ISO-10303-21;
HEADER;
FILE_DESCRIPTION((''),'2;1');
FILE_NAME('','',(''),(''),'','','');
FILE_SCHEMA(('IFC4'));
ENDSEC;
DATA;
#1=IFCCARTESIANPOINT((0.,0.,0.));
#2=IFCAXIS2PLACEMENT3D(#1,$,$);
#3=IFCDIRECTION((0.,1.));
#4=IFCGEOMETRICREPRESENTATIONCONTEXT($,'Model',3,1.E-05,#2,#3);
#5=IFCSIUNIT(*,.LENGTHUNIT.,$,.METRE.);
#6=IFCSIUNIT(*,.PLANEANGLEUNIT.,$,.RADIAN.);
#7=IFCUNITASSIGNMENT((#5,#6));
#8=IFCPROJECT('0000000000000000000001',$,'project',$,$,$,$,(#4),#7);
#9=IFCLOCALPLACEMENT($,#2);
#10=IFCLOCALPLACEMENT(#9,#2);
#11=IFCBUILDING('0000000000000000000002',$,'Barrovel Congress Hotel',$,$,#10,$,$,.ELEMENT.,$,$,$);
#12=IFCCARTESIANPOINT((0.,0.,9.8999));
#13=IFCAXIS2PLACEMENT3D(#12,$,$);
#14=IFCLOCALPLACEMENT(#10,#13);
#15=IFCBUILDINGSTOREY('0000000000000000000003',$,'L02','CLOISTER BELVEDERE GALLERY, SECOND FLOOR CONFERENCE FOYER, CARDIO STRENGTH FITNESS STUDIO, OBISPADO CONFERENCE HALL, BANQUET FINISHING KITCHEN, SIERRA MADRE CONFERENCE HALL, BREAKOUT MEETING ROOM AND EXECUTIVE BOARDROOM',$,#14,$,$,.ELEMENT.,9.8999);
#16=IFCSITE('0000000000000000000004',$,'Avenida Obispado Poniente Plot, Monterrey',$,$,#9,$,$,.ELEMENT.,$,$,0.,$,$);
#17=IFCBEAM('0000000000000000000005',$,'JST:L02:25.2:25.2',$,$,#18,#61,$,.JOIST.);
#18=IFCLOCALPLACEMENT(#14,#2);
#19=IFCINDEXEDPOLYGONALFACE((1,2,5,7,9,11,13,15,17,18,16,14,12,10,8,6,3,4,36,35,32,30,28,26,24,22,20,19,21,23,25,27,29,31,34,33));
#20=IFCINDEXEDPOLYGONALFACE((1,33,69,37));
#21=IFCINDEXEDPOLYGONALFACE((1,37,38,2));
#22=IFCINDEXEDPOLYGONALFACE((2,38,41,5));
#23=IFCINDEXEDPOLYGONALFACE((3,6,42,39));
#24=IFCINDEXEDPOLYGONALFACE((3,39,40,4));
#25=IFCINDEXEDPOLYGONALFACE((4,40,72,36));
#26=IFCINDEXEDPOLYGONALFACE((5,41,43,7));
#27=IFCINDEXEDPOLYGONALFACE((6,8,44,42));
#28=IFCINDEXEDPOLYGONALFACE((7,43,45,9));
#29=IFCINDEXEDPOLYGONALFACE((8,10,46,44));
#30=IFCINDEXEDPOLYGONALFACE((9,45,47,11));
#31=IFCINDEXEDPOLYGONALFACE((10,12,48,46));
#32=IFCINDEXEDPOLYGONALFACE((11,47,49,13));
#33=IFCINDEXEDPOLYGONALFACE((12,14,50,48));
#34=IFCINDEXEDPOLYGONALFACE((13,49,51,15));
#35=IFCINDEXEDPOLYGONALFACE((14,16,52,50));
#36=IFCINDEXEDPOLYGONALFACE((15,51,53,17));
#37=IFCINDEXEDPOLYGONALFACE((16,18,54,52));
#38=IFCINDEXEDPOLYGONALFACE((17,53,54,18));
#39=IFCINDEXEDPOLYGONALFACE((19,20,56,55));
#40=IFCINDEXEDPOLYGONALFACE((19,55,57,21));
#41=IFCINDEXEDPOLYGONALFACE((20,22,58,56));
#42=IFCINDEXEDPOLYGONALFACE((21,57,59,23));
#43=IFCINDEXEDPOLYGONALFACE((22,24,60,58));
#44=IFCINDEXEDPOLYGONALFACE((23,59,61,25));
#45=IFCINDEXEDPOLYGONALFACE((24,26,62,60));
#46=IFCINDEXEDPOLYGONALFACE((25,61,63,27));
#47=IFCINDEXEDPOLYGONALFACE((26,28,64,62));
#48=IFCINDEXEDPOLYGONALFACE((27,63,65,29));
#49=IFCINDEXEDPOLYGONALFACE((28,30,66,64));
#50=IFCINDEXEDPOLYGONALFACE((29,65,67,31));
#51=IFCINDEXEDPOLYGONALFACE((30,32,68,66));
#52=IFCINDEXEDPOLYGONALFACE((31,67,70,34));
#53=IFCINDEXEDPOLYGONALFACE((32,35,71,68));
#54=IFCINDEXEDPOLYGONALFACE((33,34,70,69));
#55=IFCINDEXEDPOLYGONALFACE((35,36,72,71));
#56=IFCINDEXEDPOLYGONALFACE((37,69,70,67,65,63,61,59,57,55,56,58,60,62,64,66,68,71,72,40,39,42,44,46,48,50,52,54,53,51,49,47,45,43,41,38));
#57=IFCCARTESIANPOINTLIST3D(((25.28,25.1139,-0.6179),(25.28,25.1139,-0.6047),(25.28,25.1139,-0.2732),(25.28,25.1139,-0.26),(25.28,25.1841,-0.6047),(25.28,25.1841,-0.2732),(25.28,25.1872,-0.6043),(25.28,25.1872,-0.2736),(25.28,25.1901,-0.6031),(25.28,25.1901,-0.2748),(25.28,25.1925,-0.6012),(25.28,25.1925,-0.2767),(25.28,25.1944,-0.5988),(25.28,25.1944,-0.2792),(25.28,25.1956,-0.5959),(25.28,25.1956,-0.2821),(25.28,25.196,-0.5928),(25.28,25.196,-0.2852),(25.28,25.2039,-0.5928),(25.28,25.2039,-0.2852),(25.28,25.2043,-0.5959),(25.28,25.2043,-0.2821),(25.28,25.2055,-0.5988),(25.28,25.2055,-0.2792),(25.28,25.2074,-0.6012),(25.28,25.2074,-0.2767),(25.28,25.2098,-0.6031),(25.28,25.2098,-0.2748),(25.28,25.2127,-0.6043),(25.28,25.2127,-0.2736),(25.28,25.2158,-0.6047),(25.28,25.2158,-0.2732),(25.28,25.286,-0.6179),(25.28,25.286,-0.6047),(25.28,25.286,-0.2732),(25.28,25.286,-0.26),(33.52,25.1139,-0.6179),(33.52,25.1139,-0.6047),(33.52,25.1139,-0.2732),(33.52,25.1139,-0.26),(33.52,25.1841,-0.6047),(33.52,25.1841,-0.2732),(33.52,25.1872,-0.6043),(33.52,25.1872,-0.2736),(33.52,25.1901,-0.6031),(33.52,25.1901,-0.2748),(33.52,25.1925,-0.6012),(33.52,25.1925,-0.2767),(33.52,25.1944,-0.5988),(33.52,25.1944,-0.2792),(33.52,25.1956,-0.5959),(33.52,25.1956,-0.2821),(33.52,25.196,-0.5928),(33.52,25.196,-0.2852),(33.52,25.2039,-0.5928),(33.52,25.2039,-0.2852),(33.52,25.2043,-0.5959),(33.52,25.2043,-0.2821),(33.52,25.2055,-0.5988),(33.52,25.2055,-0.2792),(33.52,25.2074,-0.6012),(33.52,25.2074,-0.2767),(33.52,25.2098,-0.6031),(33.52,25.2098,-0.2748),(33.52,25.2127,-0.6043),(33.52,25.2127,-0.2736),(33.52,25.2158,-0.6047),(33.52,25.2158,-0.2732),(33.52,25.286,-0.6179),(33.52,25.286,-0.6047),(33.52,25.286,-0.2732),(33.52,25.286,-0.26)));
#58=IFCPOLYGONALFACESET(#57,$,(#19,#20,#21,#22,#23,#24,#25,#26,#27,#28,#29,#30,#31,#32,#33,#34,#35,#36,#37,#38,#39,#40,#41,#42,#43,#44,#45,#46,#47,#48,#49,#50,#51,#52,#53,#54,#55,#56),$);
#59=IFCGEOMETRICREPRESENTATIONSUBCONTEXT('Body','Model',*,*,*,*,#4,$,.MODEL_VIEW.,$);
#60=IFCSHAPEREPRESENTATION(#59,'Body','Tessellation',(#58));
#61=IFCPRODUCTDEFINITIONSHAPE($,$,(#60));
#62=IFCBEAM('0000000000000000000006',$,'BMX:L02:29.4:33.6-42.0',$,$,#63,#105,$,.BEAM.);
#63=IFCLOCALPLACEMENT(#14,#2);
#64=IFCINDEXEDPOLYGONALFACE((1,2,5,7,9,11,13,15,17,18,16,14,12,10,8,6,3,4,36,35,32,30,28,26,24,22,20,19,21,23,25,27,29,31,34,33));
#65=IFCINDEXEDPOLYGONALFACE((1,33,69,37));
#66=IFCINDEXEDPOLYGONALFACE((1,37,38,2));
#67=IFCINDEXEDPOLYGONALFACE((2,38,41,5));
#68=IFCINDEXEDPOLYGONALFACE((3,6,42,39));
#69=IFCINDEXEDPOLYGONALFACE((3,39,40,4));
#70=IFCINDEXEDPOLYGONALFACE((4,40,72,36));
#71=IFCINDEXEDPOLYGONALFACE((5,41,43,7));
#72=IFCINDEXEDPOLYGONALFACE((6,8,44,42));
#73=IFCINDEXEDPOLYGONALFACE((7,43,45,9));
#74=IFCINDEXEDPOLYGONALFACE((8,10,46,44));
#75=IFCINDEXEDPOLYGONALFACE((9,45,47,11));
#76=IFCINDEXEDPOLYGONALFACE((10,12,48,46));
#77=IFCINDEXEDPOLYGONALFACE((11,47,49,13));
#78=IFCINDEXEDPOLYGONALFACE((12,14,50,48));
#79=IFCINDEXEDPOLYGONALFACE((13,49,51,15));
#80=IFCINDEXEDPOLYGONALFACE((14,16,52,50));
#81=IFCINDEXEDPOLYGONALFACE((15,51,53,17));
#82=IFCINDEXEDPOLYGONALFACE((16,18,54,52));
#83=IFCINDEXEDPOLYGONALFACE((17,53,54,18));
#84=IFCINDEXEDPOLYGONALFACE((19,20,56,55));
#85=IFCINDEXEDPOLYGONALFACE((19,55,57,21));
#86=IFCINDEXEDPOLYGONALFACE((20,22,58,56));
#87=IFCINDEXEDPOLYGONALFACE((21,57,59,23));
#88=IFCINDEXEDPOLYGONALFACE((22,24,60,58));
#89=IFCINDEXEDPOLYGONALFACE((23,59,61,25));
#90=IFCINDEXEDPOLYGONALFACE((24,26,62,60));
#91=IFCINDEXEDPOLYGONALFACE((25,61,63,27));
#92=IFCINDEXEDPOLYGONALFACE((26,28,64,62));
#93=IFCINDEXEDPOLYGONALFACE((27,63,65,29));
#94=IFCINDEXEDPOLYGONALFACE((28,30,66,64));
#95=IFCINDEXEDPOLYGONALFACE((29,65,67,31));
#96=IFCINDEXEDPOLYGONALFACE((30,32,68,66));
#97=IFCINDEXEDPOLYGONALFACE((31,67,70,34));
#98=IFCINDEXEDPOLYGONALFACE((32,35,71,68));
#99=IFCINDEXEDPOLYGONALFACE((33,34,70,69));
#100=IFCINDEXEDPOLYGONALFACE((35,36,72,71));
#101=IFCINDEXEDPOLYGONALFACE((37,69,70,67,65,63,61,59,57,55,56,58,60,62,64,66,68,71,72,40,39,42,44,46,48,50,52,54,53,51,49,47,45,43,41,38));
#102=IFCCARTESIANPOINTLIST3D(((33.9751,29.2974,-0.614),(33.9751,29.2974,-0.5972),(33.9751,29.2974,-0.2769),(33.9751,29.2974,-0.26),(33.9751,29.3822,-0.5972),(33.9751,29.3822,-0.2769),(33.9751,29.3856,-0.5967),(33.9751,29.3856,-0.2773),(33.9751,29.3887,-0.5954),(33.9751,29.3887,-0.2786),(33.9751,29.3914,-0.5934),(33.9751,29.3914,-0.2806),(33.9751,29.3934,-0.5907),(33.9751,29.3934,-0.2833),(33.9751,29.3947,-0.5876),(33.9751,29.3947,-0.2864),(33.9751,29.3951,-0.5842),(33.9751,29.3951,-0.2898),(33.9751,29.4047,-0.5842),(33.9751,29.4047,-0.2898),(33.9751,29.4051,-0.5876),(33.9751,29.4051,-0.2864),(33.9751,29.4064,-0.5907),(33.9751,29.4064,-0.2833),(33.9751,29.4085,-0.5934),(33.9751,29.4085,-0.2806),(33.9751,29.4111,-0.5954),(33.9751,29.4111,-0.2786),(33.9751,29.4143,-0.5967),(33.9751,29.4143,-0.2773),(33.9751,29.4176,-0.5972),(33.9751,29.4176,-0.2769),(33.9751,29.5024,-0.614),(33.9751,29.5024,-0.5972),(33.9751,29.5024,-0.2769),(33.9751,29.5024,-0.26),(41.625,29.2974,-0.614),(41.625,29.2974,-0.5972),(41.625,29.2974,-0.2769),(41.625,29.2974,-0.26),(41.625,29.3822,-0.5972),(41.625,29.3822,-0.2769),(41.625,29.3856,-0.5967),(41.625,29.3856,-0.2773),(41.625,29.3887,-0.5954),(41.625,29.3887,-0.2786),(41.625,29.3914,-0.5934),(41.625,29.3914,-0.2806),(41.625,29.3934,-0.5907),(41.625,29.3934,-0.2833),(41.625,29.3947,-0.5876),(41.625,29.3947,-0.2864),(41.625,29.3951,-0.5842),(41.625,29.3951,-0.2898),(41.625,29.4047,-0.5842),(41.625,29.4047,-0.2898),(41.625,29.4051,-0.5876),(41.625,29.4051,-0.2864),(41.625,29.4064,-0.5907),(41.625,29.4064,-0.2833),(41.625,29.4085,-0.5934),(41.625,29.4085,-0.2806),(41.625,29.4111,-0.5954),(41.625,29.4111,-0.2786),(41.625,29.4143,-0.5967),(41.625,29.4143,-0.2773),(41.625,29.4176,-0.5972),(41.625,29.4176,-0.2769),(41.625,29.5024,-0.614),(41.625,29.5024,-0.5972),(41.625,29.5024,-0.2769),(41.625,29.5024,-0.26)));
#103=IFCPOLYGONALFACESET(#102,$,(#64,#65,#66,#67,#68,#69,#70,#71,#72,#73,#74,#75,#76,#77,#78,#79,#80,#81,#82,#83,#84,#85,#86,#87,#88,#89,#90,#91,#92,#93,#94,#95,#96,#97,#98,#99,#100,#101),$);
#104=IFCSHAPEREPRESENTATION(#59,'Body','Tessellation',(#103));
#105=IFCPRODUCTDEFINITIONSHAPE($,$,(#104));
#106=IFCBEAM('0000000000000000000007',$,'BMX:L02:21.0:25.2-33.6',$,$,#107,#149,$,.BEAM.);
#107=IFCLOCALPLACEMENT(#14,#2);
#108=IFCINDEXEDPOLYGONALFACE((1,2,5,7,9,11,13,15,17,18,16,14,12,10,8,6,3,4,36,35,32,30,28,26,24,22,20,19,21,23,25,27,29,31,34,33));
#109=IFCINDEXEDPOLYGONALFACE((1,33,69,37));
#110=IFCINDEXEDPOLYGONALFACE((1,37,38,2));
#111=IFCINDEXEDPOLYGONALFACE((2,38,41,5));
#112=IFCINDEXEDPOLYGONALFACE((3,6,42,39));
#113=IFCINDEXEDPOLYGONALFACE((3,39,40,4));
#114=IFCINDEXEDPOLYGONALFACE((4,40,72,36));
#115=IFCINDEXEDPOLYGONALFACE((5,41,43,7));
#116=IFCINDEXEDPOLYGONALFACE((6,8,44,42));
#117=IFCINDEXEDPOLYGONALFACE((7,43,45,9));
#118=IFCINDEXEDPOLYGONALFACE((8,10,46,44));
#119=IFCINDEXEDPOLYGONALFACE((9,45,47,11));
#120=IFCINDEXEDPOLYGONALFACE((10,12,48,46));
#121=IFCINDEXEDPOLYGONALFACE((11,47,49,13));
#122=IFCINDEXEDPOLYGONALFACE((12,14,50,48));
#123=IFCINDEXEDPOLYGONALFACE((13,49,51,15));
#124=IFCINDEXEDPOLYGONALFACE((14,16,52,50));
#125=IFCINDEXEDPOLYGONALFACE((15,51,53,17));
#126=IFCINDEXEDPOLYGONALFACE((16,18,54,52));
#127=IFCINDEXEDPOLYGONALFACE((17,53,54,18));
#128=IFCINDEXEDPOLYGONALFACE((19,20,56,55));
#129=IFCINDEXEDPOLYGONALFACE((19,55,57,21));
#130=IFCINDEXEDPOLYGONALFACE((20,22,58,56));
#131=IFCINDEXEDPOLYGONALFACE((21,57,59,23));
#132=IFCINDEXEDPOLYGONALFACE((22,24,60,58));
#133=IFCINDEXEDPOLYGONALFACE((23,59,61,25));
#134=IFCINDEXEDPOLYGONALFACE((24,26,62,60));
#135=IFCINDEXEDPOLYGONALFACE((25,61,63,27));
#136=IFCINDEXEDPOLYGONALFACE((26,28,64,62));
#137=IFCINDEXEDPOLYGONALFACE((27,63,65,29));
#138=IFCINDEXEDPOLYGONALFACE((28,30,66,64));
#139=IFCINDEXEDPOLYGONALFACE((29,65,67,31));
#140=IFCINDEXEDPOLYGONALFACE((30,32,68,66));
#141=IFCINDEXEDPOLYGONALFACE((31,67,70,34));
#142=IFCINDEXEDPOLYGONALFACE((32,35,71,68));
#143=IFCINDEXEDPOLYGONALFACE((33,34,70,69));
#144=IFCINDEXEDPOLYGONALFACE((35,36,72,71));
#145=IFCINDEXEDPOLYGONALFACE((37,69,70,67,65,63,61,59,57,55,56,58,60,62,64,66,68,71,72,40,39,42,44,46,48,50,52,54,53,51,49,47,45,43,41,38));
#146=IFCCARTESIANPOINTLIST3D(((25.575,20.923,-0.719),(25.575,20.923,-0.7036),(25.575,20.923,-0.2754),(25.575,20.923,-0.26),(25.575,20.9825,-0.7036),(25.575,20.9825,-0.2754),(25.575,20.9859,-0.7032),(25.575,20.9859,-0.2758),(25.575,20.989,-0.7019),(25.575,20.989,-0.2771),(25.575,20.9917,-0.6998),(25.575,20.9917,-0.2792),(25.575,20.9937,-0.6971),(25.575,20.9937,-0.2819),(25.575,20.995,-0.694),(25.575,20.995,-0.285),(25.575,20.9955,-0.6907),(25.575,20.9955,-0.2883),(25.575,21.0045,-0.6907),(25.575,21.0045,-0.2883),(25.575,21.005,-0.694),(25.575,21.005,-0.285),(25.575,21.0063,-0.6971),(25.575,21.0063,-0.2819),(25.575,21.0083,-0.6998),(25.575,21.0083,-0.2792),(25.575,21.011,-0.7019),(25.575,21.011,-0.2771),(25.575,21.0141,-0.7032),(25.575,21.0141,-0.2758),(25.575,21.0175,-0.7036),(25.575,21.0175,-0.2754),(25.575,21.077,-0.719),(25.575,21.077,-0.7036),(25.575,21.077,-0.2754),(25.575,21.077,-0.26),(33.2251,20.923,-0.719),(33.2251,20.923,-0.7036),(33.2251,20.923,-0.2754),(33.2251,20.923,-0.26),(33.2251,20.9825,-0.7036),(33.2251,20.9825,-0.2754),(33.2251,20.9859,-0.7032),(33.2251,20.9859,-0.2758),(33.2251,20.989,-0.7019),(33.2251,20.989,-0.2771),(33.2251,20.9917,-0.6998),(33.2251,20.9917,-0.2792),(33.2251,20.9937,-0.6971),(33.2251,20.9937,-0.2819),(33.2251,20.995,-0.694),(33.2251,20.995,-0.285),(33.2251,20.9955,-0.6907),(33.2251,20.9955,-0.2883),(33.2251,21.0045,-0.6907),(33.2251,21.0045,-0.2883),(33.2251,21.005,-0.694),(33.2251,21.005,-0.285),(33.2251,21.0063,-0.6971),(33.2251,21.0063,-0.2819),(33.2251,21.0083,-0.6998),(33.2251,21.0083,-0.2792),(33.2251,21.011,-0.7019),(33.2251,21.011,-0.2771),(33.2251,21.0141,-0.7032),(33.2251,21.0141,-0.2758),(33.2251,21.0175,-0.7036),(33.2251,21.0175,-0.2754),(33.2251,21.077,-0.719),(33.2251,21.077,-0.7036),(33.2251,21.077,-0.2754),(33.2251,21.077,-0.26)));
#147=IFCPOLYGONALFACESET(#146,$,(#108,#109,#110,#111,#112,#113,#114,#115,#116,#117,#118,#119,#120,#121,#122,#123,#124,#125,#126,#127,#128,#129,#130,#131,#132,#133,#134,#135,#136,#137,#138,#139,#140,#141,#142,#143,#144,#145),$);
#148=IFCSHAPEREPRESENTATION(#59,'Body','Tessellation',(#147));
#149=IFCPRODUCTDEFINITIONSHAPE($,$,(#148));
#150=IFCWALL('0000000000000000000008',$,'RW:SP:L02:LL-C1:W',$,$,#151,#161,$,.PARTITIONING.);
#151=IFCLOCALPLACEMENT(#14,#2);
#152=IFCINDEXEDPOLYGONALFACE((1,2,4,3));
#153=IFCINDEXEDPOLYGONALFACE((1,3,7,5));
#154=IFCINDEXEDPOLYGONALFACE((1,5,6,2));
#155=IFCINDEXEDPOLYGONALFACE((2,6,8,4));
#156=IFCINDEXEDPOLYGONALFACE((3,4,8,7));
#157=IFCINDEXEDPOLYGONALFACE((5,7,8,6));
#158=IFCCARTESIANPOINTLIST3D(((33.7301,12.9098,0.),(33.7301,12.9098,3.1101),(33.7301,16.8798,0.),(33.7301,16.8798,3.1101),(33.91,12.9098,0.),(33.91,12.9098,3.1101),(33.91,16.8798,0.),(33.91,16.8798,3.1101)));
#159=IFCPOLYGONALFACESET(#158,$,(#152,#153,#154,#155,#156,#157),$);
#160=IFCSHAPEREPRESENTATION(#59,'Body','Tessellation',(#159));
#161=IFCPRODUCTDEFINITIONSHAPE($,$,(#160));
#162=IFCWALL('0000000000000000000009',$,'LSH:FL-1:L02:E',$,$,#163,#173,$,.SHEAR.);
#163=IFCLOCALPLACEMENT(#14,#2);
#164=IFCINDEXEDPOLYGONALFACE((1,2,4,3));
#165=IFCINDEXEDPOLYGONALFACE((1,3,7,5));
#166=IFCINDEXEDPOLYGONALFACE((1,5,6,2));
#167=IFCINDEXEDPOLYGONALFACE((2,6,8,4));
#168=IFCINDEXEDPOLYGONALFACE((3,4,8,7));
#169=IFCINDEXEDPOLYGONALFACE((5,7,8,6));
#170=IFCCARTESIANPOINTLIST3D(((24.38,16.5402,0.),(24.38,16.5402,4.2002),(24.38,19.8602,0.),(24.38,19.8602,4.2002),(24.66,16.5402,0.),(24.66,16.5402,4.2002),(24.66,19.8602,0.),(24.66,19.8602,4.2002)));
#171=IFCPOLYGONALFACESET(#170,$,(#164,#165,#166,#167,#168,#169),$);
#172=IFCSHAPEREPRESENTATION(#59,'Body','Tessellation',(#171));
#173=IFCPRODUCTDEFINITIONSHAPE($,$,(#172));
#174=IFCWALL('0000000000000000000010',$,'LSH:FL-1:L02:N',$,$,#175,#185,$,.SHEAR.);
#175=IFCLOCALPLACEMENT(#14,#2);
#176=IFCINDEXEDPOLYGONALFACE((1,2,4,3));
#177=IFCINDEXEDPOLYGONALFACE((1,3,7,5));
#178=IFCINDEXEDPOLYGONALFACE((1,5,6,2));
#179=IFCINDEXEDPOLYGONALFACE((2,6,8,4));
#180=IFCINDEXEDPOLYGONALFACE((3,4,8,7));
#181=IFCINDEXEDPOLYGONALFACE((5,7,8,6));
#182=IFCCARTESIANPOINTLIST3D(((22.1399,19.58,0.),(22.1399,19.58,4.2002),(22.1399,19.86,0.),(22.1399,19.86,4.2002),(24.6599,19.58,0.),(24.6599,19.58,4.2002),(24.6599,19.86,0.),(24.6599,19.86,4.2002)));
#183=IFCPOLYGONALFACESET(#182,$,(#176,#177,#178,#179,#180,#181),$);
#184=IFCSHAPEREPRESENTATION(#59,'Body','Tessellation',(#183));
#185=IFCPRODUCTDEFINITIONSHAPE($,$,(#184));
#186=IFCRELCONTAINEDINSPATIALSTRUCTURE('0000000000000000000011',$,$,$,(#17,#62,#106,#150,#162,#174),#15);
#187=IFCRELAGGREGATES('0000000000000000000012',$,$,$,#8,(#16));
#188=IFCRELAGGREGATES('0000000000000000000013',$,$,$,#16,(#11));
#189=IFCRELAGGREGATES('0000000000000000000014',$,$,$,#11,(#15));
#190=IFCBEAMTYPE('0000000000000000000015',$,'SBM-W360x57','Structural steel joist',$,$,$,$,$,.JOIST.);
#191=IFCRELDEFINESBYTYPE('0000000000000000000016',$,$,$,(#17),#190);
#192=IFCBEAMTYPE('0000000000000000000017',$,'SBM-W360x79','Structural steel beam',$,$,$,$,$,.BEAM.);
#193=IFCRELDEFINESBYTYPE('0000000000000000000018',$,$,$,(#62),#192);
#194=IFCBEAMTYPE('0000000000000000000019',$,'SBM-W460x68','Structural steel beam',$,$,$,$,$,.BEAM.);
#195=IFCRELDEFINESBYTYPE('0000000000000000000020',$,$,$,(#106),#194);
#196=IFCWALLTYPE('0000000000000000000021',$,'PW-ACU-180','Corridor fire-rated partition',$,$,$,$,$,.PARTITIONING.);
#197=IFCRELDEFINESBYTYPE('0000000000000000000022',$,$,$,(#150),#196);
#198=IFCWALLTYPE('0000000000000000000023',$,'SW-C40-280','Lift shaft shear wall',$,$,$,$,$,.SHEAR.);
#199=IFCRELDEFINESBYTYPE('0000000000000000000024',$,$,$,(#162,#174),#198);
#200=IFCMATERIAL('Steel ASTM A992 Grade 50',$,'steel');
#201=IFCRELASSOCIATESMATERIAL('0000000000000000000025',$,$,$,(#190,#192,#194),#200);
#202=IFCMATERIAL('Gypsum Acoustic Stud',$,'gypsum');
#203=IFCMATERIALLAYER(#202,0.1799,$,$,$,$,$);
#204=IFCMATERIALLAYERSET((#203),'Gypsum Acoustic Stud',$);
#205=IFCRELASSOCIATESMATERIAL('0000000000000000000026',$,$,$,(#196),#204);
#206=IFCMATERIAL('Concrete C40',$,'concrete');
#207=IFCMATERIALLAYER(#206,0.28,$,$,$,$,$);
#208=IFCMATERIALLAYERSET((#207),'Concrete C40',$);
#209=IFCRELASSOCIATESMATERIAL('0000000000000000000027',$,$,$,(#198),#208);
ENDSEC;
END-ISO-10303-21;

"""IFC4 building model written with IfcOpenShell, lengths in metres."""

from ifc_helpers import new_model, si_unit, direction, frame, frame_2d, origin, origin_2d, place, context, subcontext, project, spatial, rectangle, i_section, extrude, material, layer, layer_set, material_profile, profile_set, type_object, element, save


model = new_model("IFC4")

# Units and contexts
model_context = context("Model", 3, precision=1e-05, world=origin(), true_north=direction((0.0, 1.0)))
body_context = subcontext(model_context, "Body", "Model", "MODEL_VIEW")
ifc_project = project(units=[si_unit("LENGTHUNIT", "METRE"), si_unit("PLANEANGLEUNIT", "RADIAN")], contexts=[model_context])

# Site, building, storey
site_placement = place(None, origin())
site = spatial("IfcSite", under=ifc_project, at=site_placement, Name="Avenida Obispado Poniente Plot, Monterrey", CompositionType="ELEMENT", RefElevation=0.0)
building_placement = place(site_placement, origin())
building = spatial("IfcBuilding", under=site, at=building_placement, Name="Barrovel Congress Hotel", CompositionType="ELEMENT")
storey_placement = place(building_placement, frame((0.0, 0.0, 9.8999)))
storey = spatial("IfcBuildingStorey", under=building, at=storey_placement, Name="L02", Description="CLOISTER BELVEDERE GALLERY, SECOND FLOOR CONFERENCE FOYER, CARDIO STRENGTH FITNESS STUDIO, OBISPADO CONFERENCE HALL, BANQUET FINISHING KITCHEN, SIERRA MADRE CONFERENCE HALL, BREAKOUT MEETING ROOM AND EXECUTIVE BOARDROOM", CompositionType="ELEMENT", Elevation=9.8999)

# Shared definitions
ifc_material_1 = material(Name="Concrete C40", Category="concrete")

# Beams
ifc_material_2 = material(Name="Steel ASTM A992 Grade 50", Category="steel")
ifc_material_profile_1 = material_profile(ifc_material_2, i_section(OverallWidth=0.1721, OverallDepth=0.3579, WebThickness=0.0078, FlangeThickness=0.0132, FilletRadius=0.012, at=origin_2d()), Name="W360x57")
ifc_profile_set_1 = profile_set([ifc_material_profile_1], Name="Steel ASTM A992 Grade 50")
beam_type_1 = type_object("IfcBeamType", Name="SBM-W360x57", Description="Structural steel joist", PredefinedType="JOIST", material=ifc_profile_set_1)
beam_1_placement = place(storey_placement, frame((25.28, 25.2, -0.439), z_axis=(1.0, 0.0, 0.0), x_axis=(0.0, 1.0, 0.0)))
element("IfcBeam", 1, at=beam_1_placement, inside=storey, type_object=beam_type_1, Name="JST:L02:25.2:25.2", PredefinedType="JOIST", context=body_context, shape_type="SweptSolid", body=[
    extrude(i_section(OverallWidth=0.1721, OverallDepth=0.3579, WebThickness=0.0078, FlangeThickness=0.0132, FilletRadius=0.012, at=origin_2d()), origin(), (0.0, 0.0, 1.0), 8.24),
])
ifc_material_profile_2 = material_profile(ifc_material_2, i_section(OverallWidth=0.2051, OverallDepth=0.354, WebThickness=0.0095, FlangeThickness=0.0168, FilletRadius=0.0129, at=origin_2d()), Name="W360x79")
ifc_profile_set_2 = profile_set([ifc_material_profile_2], Name="Steel ASTM A992 Grade 50")
beam_type_2 = type_object("IfcBeamType", Name="SBM-W360x79", Description="Structural steel beam", PredefinedType="BEAM", material=ifc_profile_set_2)
beam_2_placement = place(storey_placement, frame((33.9751, 29.3999, -0.437), z_axis=(1.0, 0.0, 0.0), x_axis=(0.0, 1.0, 0.0)))
element("IfcBeam", 2, at=beam_2_placement, inside=storey, type_object=beam_type_2, Name="BMX:L02:29.4:33.6-42.0", PredefinedType="BEAM", context=body_context, shape_type="SweptSolid", body=[
    extrude(i_section(OverallWidth=0.2051, OverallDepth=0.354, WebThickness=0.0095, FlangeThickness=0.0168, FilletRadius=0.0129, at=origin_2d()), origin(), (0.0, 0.0, 1.0), 7.6499),
])
ifc_material_profile_3 = material_profile(ifc_material_2, i_section(OverallWidth=0.1541, OverallDepth=0.459, WebThickness=0.009, FlangeThickness=0.0154, FilletRadius=0.0129, at=origin_2d()), Name="W460x68")
ifc_profile_set_3 = profile_set([ifc_material_profile_3], Name="Steel ASTM A992 Grade 50")
beam_type_3 = type_object("IfcBeamType", Name="SBM-W460x68", Description="Structural steel beam", PredefinedType="BEAM", material=ifc_profile_set_3)
beam_3_placement = place(storey_placement, frame((25.575, 21.0, -0.4895), z_axis=(1.0, 0.0, 0.0), x_axis=(0.0, 1.0, 0.0)))
element("IfcBeam", 3, at=beam_3_placement, inside=storey, type_object=beam_type_3, Name="BMX:L02:21.0:25.2-33.6", PredefinedType="BEAM", context=body_context, shape_type="SweptSolid", body=[
    extrude(i_section(OverallWidth=0.1541, OverallDepth=0.459, WebThickness=0.009, FlangeThickness=0.0154, FilletRadius=0.0129, at=origin_2d()), origin(), (0.0, 0.0, 1.0), 7.6501),
])

# Shared definitions
ifc_material_3 = material(Name="Gypsum Acoustic Stud", Category="gypsum")
ifc_layer_1 = layer(ifc_material_3, 0.1799)
ifc_layer_set_1 = layer_set([ifc_layer_1], Name="Gypsum Acoustic Stud")
wall_type_1 = type_object("IfcWallType", Name="PW-ACU-180", Description="Corridor fire-rated partition", PredefinedType="PARTITIONING", material=ifc_layer_set_1)

# Walls
wall_1_placement = place(storey_placement, frame((33.8201, 12.9099, 0.0), z_axis=(0.0, 0.0, 1.0), x_axis=(0.0, 1.0, 0.0)))
element("IfcWall", 4, at=wall_1_placement, inside=storey, type_object=wall_type_1, Name="RW:SP:L02:LL-C1:W", PredefinedType="PARTITIONING", context=body_context, shape_type="SweptSolid", body=[
    extrude(rectangle(XDim=3.97, YDim=0.1799, at=frame_2d((1.9849, 0.0))), origin(), (0.0, 0.0, 1.0), 3.1101),
])
ifc_layer_2 = layer(ifc_material_1, 0.28)
ifc_layer_set_2 = layer_set([ifc_layer_2], Name="Concrete C40")
wall_type_2 = type_object("IfcWallType", Name="SW-C40-280", Description="Lift shaft shear wall", PredefinedType="SHEAR", material=ifc_layer_set_2)
wall_2_placement = place(storey_placement, frame((24.52, 16.54, 0.0), z_axis=(0.0, 0.0, 1.0), x_axis=(0.0, 1.0, 0.0)))
element("IfcWall", 5, at=wall_2_placement, inside=storey, type_object=wall_type_2, Name="LSH:FL-1:L02:E", PredefinedType="SHEAR", context=body_context, shape_type="SweptSolid", body=[
    extrude(rectangle(XDim=3.3201, YDim=0.28, at=frame_2d((1.6602, 0.0))), origin(), (0.0, 0.0, 1.0), 4.2002),
])
wall_3_placement = place(storey_placement, frame((24.6599, 19.72, 0.0), z_axis=(0.0, 0.0, 1.0), x_axis=(-1.0, 0.0, 0.0)))
element("IfcWall", 6, at=wall_3_placement, inside=storey, type_object=wall_type_2, Name="LSH:FL-1:L02:N", PredefinedType="SHEAR", context=body_context, shape_type="SweptSolid", body=[
    extrude(rectangle(XDim=2.52, YDim=0.28, at=frame_2d((1.26, 0.0))), origin(), (0.0, 0.0, 1.0), 4.2002),
])

save(model, "model.ifc")
